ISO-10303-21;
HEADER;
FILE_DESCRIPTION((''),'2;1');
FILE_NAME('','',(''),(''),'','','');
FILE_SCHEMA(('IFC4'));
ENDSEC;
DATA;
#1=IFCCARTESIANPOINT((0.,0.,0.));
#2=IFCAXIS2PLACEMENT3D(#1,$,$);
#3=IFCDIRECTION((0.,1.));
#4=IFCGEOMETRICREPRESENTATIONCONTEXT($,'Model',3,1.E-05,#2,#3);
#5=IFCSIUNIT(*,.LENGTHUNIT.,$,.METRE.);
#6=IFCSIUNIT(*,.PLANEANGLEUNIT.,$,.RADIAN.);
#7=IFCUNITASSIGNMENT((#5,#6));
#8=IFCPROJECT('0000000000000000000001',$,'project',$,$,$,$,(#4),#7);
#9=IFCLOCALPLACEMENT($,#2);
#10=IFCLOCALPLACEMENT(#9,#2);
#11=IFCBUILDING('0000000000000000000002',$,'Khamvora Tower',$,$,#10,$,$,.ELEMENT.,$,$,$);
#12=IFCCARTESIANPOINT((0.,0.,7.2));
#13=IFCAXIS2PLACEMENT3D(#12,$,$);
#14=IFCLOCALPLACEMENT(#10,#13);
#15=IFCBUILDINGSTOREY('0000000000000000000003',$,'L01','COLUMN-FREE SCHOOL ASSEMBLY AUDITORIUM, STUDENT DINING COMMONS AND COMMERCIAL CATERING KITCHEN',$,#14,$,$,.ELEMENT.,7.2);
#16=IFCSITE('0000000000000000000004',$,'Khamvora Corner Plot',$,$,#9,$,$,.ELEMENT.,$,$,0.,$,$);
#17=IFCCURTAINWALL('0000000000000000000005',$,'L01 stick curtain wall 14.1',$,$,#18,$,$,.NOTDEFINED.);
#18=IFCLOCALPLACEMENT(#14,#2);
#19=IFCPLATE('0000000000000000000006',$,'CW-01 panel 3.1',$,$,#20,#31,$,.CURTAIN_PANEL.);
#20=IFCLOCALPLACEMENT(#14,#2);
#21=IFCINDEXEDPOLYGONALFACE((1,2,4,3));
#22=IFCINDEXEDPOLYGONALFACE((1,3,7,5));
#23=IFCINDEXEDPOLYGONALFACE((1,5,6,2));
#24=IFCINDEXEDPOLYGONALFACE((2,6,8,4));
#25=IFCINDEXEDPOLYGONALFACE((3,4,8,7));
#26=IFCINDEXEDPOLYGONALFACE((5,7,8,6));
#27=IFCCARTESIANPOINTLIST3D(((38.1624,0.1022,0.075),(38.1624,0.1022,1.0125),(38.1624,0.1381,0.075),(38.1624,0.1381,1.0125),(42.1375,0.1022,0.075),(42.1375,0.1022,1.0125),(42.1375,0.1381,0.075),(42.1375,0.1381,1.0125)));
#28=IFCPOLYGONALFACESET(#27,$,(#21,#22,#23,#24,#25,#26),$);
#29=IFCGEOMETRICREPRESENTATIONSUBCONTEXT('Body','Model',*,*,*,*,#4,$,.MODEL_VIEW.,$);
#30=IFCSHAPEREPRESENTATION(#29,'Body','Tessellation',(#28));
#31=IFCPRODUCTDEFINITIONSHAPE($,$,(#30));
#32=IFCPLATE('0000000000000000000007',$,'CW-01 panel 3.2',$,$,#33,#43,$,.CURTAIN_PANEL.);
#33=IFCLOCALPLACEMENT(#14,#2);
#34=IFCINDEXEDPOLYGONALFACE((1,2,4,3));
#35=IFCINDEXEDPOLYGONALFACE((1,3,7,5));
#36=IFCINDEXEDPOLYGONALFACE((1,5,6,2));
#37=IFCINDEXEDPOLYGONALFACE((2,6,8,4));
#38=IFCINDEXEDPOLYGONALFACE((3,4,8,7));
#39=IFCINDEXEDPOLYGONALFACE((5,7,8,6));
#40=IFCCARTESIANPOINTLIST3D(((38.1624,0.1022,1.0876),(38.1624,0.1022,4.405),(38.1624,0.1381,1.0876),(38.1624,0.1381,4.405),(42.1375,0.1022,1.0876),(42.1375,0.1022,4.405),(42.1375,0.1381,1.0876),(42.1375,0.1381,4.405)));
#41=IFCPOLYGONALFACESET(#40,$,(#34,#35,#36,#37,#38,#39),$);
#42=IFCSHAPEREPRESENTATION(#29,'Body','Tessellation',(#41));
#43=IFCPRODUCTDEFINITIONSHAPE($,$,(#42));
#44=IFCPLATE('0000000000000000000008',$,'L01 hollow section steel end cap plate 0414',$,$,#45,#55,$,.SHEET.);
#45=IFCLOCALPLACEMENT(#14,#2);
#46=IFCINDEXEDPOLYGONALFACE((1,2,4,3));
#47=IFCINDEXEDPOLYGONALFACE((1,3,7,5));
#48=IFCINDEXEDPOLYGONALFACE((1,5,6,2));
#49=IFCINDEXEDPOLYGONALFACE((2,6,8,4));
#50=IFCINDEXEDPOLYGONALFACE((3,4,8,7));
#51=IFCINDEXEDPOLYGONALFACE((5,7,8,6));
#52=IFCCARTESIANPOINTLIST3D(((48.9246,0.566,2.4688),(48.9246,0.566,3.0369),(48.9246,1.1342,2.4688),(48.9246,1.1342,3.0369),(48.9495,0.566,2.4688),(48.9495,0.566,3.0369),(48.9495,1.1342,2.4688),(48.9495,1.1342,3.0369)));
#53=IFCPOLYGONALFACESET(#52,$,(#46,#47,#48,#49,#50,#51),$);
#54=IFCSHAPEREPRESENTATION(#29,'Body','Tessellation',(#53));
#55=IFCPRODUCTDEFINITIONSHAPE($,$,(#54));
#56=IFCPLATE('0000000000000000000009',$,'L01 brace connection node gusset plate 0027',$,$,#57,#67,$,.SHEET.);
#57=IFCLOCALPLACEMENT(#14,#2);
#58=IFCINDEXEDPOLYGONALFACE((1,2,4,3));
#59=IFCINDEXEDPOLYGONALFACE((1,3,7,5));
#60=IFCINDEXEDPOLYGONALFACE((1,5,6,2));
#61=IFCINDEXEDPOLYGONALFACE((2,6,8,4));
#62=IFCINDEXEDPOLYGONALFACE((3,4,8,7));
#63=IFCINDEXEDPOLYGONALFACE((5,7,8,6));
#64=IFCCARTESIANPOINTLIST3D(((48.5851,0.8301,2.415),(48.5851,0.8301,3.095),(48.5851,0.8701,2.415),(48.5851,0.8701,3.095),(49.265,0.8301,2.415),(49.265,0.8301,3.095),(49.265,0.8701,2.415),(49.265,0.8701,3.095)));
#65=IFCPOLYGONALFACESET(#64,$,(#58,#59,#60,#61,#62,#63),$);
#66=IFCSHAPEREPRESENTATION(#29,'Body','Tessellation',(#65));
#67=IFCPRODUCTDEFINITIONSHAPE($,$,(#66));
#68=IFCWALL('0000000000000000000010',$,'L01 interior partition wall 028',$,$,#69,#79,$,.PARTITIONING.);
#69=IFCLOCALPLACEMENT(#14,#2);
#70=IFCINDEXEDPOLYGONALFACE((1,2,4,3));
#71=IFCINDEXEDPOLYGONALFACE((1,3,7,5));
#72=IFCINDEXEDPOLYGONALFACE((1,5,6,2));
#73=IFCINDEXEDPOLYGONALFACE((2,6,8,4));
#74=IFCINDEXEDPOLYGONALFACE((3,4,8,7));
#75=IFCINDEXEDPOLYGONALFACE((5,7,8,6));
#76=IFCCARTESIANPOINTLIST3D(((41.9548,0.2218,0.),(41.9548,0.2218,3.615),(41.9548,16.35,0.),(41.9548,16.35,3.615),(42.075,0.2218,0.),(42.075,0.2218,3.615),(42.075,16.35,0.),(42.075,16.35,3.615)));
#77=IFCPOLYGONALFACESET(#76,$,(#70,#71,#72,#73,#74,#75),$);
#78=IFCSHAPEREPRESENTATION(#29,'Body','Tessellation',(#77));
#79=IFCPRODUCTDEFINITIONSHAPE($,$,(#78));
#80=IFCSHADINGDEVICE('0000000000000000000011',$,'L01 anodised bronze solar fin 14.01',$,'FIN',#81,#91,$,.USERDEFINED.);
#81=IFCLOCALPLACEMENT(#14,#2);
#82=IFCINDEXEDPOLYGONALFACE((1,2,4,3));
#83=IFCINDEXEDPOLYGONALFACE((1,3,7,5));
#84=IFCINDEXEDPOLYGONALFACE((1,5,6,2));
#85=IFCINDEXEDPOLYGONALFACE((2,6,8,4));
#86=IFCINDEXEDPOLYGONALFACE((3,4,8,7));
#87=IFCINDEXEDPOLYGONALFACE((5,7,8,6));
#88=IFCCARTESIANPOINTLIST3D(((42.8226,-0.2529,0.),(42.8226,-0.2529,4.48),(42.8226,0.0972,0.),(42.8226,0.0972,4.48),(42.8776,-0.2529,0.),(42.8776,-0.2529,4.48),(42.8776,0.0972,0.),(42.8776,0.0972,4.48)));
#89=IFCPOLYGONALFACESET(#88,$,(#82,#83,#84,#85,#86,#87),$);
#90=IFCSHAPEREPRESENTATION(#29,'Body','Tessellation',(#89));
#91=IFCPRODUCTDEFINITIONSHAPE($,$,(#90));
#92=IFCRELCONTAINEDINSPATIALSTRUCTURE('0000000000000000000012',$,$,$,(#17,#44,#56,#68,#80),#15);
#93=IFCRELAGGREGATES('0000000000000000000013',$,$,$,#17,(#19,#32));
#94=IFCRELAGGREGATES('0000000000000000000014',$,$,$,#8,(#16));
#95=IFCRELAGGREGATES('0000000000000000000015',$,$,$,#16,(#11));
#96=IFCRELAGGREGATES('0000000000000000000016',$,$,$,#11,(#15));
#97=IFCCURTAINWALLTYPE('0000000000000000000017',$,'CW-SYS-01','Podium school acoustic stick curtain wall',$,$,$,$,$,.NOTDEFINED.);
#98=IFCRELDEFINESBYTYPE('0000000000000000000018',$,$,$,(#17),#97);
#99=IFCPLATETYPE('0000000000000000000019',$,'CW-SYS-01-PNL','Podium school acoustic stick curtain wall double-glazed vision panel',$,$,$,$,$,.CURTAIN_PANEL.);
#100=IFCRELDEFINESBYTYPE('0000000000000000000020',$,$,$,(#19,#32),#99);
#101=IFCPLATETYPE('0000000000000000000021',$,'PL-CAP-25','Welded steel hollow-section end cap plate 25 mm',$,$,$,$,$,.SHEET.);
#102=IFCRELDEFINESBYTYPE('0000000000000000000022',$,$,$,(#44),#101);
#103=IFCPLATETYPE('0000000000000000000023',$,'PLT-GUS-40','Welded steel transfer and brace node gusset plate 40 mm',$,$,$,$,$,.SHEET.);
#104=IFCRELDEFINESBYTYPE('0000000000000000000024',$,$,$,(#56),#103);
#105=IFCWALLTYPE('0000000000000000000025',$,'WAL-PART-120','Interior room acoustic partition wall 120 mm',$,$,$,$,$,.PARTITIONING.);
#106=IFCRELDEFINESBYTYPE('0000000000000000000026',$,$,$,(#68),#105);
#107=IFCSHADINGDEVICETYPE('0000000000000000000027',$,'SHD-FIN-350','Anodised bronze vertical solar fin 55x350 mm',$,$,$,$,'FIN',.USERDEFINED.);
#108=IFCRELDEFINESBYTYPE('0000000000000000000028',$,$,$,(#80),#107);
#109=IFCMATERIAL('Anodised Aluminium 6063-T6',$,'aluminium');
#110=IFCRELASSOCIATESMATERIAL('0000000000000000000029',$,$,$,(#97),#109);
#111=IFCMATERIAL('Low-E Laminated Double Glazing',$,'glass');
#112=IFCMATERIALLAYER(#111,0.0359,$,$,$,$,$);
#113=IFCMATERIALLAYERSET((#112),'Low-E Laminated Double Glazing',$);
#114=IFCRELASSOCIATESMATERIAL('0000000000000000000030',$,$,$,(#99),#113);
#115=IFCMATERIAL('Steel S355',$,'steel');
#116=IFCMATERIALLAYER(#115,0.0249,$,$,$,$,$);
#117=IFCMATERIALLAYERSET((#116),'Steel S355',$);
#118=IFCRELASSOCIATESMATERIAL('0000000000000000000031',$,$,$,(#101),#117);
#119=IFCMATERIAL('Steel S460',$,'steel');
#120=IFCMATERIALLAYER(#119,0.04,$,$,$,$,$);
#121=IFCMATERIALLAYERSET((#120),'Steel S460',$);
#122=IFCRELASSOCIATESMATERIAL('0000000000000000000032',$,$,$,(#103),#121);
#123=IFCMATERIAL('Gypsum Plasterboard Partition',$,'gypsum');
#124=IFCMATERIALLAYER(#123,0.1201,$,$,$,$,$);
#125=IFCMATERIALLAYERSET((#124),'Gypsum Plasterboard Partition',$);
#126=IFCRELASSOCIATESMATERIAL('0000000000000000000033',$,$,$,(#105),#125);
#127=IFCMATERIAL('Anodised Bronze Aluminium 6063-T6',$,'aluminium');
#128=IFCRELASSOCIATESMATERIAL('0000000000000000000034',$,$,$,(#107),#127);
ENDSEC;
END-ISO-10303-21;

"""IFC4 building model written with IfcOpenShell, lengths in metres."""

from ifc_helpers import new_model, si_unit, direction, frame, frame_2d, origin, origin_2d, place, context, subcontext, project, spatial, rectangle, extrude, material, layer, layer_set, type_object, element, aggregate, save


model = new_model("IFC4")

# Units and contexts
model_context = context("Model", 3, precision=1e-05, world=origin(), true_north=direction((0.0, 1.0)))
body_context = subcontext(model_context, "Body", "Model", "MODEL_VIEW")
ifc_project = project(units=[si_unit("LENGTHUNIT", "METRE"), si_unit("PLANEANGLEUNIT", "RADIAN")], contexts=[model_context])

# Site, building, storey
site_placement = place(None, origin())
site = spatial("IfcSite", under=ifc_project, at=site_placement, Name="Khamvora Corner Plot", CompositionType="ELEMENT", RefElevation=0.0)
building_placement = place(site_placement, origin())
building = spatial("IfcBuilding", under=site, at=building_placement, Name="Khamvora Tower", CompositionType="ELEMENT")
storey_placement = place(building_placement, frame((0.0, 0.0, 7.2)))
storey = spatial("IfcBuildingStorey", under=building, at=storey_placement, Name="L01", Description="COLUMN-FREE SCHOOL ASSEMBLY AUDITORIUM, STUDENT DINING COMMONS AND COMMERCIAL CATERING KITCHEN", CompositionType="ELEMENT", Elevation=7.2)

# Shared definitions
ifc_material_1 = material(Name="Steel S460", Category="steel")

# Shared definitions
ifc_material_2 = material(Name="Steel S355", Category="steel")

# Curtain wall
ifc_material_3 = material(Name="Anodised Aluminium 6063-T6", Category="aluminium")
curtain_wall_type = type_object("IfcCurtainWallType", Name="CW-SYS-01", Description="Podium school acoustic stick curtain wall", PredefinedType="NOTDEFINED", material=ifc_material_3)
curtain_wall_placement = place(storey_placement, origin())
curtain_wall = element("IfcCurtainWall", 1, at=curtain_wall_placement, inside=storey, type_object=curtain_wall_type, Name="L01 stick curtain wall 14.1", PredefinedType="NOTDEFINED")

# Plates
ifc_material_4 = material(Name="Low-E Laminated Double Glazing", Category="glass")
ifc_layer_1 = layer(ifc_material_4, 0.0359)
ifc_layer_set_1 = layer_set([ifc_layer_1], Name="Low-E Laminated Double Glazing")
plate_type_1 = type_object("IfcPlateType", Name="CW-SYS-01-PNL", Description="Podium school acoustic stick curtain wall double-glazed vision panel", PredefinedType="CURTAIN_PANEL", material=ifc_layer_set_1)
plate_1_placement = place(storey_placement, frame((40.1499, 0.1201, 0.075), z_axis=(0.0, 0.0, 1.0), x_axis=(-1.0, 0.0, 0.0)))
plate_1 = element("IfcPlate", 2, at=plate_1_placement, type_object=plate_type_1, Name="CW-01 panel 3.1", PredefinedType="CURTAIN_PANEL", context=body_context, shape_type="SweptSolid", body=[
    extrude(rectangle(XDim=3.9751, YDim=0.0359, at=origin_2d()), origin(), (0.0, 0.0, 1.0), 0.9375),
])
plate_2_placement = place(storey_placement, frame((40.1499, 0.1201, 1.0876), z_axis=(0.0, 0.0, 1.0), x_axis=(-1.0, 0.0, 0.0)))
plate_2 = element("IfcPlate", 3, at=plate_2_placement, type_object=plate_type_1, Name="CW-01 panel 3.2", PredefinedType="CURTAIN_PANEL", context=body_context, shape_type="SweptSolid", body=[
    extrude(rectangle(XDim=3.9751, YDim=0.0359, at=origin_2d()), origin(), (0.0, 0.0, 1.0), 3.3174),
])
aggregate(curtain_wall, [plate_1, plate_2])

# Plates
ifc_layer_2 = layer(ifc_material_2, 0.0249)
ifc_layer_set_2 = layer_set([ifc_layer_2], Name="Steel S355")
plate_type_2 = type_object("IfcPlateType", Name="PL-CAP-25", Description="Welded steel hollow-section end cap plate 25 mm", PredefinedType="SHEET", material=ifc_layer_set_2)
plate_3_placement = place(storey_placement, frame((48.937, 0.8501, 2.4688), z_axis=(0.0, 0.0, 1.0), x_axis=(-1.0, 0.0, 0.0)))
element("IfcPlate", 4, at=plate_3_placement, inside=storey, type_object=plate_type_2, Name="L01 hollow section steel end cap plate 0414", PredefinedType="SHEET", context=body_context, shape_type="SweptSolid", body=[
    extrude(rectangle(XDim=0.0249, YDim=0.5681, at=origin_2d()), origin(), (0.0, 0.0, 1.0), 0.5681),
])
ifc_layer_3 = layer(ifc_material_1, 0.04)
ifc_layer_set_3 = layer_set([ifc_layer_3], Name="Steel S460")
plate_type_3 = type_object("IfcPlateType", Name="PLT-GUS-40", Description="Welded steel transfer and brace node gusset plate 40 mm", PredefinedType="SHEET", material=ifc_layer_set_3)
plate_4_placement = place(storey_placement, frame((48.925, 0.8501, 2.415), z_axis=(0.0, 0.0, 1.0), x_axis=(1.0, 0.0, 0.0)))
element("IfcPlate", 5, at=plate_4_placement, inside=storey, type_object=plate_type_3, Name="L01 brace connection node gusset plate 0027", PredefinedType="SHEET", context=body_context, shape_type="SweptSolid", body=[
    extrude(rectangle(XDim=0.6799, YDim=0.04, at=origin_2d()), origin(), (0.0, 0.0, 1.0), 0.6799),
])

# Wall
ifc_material_5 = material(Name="Gypsum Plasterboard Partition", Category="gypsum")
ifc_layer_4 = layer(ifc_material_5, 0.1201)
ifc_layer_set_4 = layer_set([ifc_layer_4], Name="Gypsum Plasterboard Partition")
wall_type = type_object("IfcWallType", Name="WAL-PART-120", Description="Interior room acoustic partition wall 120 mm", PredefinedType="PARTITIONING", material=ifc_layer_set_4)
wall_placement = place(storey_placement, frame((42.0149, 0.2219, 0.0), z_axis=(0.0, 0.0, 1.0), x_axis=(0.0, 1.0, 0.0)))
element("IfcWall", 6, at=wall_placement, inside=storey, type_object=wall_type, Name="L01 interior partition wall 028", PredefinedType="PARTITIONING", context=body_context, shape_type="SweptSolid", body=[
    extrude(rectangle(XDim=16.1282, YDim=0.1201, at=frame_2d((8.064, 0.0))), origin(), (0.0, 0.0, 1.0), 3.615),
])

# Shading device
ifc_material_6 = material(Name="Anodised Bronze Aluminium 6063-T6", Category="aluminium")
shading_device_type = type_object("IfcShadingDeviceType", Name="SHD-FIN-350", Description="Anodised bronze vertical solar fin 55x350 mm", ElementType="FIN", PredefinedType="USERDEFINED", material=ifc_material_6)
shading_device_placement = place(storey_placement, frame((42.8501, -0.0779, 0.0), z_axis=(0.0, 0.0, 1.0), x_axis=(-1.0, 0.0, 0.0)))
element("IfcShadingDevice", 7, at=shading_device_placement, inside=storey, type_object=shading_device_type, Name="L01 anodised bronze solar fin 14.01", ObjectType="FIN", PredefinedType="USERDEFINED", context=body_context, shape_type="SweptSolid", body=[
    extrude(rectangle(XDim=0.0549, YDim=0.3501, at=origin_2d()), origin(), (0.0, 0.0, 1.0), 4.48),
])

save(model, "model.ifc")
